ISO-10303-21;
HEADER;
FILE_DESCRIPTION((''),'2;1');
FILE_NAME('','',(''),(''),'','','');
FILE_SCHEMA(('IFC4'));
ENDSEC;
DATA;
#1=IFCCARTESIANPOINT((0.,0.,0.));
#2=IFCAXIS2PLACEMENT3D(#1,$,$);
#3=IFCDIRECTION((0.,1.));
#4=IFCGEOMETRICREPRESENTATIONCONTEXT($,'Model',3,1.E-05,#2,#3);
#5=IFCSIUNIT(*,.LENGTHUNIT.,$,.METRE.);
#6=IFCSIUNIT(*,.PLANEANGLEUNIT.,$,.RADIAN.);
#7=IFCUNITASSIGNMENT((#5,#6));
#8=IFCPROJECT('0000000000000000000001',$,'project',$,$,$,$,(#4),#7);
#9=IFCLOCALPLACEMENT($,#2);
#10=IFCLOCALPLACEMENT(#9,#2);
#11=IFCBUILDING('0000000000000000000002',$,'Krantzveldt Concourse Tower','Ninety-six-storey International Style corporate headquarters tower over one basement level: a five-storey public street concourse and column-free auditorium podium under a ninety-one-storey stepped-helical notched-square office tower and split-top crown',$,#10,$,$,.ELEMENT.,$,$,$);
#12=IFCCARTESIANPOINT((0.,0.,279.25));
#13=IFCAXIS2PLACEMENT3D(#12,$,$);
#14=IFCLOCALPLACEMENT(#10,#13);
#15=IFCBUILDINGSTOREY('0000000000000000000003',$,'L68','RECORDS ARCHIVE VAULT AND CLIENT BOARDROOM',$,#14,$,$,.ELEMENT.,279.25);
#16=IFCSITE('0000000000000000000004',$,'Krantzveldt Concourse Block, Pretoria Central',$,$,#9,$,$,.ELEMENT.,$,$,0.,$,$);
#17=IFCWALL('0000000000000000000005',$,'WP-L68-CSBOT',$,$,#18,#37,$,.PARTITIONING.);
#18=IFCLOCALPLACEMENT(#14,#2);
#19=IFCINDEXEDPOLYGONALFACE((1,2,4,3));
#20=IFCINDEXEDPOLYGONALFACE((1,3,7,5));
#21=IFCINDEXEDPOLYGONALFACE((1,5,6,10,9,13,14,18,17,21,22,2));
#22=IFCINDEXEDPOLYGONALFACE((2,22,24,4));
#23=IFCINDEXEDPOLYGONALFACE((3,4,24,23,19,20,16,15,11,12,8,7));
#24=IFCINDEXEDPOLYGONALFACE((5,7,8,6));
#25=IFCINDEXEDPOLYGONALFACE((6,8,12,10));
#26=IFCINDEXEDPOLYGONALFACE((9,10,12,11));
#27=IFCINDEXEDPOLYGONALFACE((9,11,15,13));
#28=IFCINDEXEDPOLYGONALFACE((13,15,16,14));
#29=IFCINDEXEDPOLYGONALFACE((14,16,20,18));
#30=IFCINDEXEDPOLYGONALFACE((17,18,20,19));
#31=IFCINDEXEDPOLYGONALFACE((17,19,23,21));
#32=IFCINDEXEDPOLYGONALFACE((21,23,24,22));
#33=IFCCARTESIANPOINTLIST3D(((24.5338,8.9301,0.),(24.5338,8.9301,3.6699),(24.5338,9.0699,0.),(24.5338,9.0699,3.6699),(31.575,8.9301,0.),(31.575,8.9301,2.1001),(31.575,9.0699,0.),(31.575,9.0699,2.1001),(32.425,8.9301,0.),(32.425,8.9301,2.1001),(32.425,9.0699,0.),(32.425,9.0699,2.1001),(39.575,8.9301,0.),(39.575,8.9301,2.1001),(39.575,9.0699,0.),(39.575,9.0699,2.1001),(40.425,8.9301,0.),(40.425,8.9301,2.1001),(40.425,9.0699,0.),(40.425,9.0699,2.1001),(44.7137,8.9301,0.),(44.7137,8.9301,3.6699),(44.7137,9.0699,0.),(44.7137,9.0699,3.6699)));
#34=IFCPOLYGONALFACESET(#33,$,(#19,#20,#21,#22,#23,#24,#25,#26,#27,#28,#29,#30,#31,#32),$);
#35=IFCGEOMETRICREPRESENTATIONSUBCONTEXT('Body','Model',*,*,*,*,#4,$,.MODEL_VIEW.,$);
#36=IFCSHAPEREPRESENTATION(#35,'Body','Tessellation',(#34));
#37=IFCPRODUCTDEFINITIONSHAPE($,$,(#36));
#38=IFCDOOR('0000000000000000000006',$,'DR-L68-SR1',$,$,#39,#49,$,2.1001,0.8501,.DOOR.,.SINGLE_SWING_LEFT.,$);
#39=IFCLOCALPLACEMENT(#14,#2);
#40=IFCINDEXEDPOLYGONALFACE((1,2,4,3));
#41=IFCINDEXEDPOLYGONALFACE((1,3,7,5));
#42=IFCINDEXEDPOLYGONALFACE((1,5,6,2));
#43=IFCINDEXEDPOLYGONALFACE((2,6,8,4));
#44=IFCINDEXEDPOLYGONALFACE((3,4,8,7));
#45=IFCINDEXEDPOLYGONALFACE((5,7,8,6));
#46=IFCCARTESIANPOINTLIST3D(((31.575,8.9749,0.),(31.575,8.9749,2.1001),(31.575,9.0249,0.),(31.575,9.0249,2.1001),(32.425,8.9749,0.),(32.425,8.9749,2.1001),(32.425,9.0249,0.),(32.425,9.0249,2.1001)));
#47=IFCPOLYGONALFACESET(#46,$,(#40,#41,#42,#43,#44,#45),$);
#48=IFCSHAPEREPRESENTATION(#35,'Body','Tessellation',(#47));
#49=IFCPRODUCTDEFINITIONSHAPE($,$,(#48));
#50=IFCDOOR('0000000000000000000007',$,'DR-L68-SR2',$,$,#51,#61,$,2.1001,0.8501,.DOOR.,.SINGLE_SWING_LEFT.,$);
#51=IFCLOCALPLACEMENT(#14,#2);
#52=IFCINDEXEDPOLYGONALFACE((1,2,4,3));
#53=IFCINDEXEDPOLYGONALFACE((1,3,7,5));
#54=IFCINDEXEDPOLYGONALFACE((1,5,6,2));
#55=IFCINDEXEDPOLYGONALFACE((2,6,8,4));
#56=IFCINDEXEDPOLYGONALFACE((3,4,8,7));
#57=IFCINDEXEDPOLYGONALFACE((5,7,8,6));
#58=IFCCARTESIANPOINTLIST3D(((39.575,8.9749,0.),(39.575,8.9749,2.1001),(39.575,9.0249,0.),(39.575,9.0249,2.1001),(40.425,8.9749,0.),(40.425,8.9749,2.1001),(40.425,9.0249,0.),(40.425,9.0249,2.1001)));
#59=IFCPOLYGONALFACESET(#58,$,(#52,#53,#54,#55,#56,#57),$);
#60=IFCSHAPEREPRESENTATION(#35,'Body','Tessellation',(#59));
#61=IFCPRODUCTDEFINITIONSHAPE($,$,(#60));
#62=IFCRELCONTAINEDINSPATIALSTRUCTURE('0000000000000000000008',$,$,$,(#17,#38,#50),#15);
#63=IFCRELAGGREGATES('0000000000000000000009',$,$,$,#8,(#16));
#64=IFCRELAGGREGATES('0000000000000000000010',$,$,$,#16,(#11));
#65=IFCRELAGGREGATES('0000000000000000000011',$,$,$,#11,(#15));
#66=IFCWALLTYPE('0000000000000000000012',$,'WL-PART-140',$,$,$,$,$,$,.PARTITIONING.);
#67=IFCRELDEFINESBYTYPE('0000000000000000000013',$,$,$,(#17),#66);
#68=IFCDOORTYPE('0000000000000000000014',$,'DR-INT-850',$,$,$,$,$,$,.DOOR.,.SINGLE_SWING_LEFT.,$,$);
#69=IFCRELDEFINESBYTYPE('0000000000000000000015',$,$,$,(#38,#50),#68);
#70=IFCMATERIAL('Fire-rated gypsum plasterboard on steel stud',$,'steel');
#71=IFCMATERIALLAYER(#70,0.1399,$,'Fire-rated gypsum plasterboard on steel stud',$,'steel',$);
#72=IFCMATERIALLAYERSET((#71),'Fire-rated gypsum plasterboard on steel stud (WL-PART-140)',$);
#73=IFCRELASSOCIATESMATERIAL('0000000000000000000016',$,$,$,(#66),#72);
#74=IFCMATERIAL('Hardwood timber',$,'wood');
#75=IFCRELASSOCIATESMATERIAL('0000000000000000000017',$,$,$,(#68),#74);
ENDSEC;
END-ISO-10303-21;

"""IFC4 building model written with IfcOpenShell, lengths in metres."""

from ifc_helpers import new_model, si_unit, direction, frame, frame_2d, origin, place, context, subcontext, project, spatial, rectangle, extrude, material, layer, layer_set, type_object, element, fill, save


model = new_model("IFC4")

# Units and contexts
model_context = context("Model", 3, precision=1e-05, world=origin(), true_north=direction((0.0, 1.0)))
body_context = subcontext(model_context, "Body", "Model", "MODEL_VIEW")
ifc_project = project(units=[si_unit("LENGTHUNIT", "METRE"), si_unit("PLANEANGLEUNIT", "RADIAN")], contexts=[model_context])

# Site, building, storey
site_placement = place(None, origin())
site = spatial("IfcSite", under=ifc_project, at=site_placement, Name="Krantzveldt Concourse Block, Pretoria Central", CompositionType="ELEMENT", RefElevation=0.0)
building_placement = place(site_placement, origin())
building = spatial("IfcBuilding", under=site, at=building_placement, Name="Krantzveldt Concourse Tower", Description="Ninety-six-storey International Style corporate headquarters tower over one basement level: a five-storey public street concourse and column-free auditorium podium under a ninety-one-storey stepped-helical notched-square office tower and split-top crown", CompositionType="ELEMENT")
storey_placement = place(building_placement, frame((0.0, 0.0, 279.25)))
storey = spatial("IfcBuildingStorey", under=building, at=storey_placement, Name="L68", Description="RECORDS ARCHIVE VAULT AND CLIENT BOARDROOM", CompositionType="ELEMENT", Elevation=279.25)

# Shared definitions
ifc_material_1 = material(Name="Fire-rated gypsum plasterboard on steel stud", Category="steel")

# Wall, openings, doors
ifc_layer_1 = layer(ifc_material_1, 0.1399, Name="Fire-rated gypsum plasterboard on steel stud", Category="steel")
ifc_layer_set_1 = layer_set([ifc_layer_1], Name="Fire-rated gypsum plasterboard on steel stud (WL-PART-140)")
wall_type_1 = type_object("IfcWallType", Name="WL-PART-140", PredefinedType="PARTITIONING", material=ifc_layer_set_1)
wall_1_placement = place(storey_placement, frame((24.5339, 9.0, 0.0), z_axis=(0.0, 0.0, 1.0), x_axis=(1.0, 0.0, 0.0)))
wall_1 = element("IfcWall", 1, at=wall_1_placement, inside=storey, type_object=wall_type_1, Name="WP-L68-CSBOT", PredefinedType="PARTITIONING", context=body_context, shape_type="SweptSolid", body=[
    extrude(rectangle(XDim=20.1799, YDim=0.1399, at=frame_2d((10.0898, 0.0))), origin(), (0.0, 0.0, 1.0), 3.6699),
])
opening_1_placement = place(wall_1_placement, frame((7.041, 0.0, 0.0)))
opening_1 = element("IfcOpeningElement", 2, at=opening_1_placement, cuts=wall_1, PredefinedType="OPENING", context=body_context, shape_type="SweptSolid", body=[
    extrude(rectangle(XDim=0.8501, YDim=2.1001, at=frame_2d((0.425, 1.05))), frame((0.0, 0.0801, 0.0), z_axis=(0.0, -1.0, 0.0), x_axis=(1.0, 0.0, 0.0)), (0.0, 0.0, 1.0), 0.1599),
])
opening_2_placement = place(wall_1_placement, frame((15.041, 0.0, 0.0)))
opening_2 = element("IfcOpeningElement", 3, at=opening_2_placement, cuts=wall_1, PredefinedType="OPENING", context=body_context, shape_type="SweptSolid", body=[
    extrude(rectangle(XDim=0.8501, YDim=2.1001, at=frame_2d((0.425, 1.05))), frame((0.0, 0.0801, 0.0), z_axis=(0.0, -1.0, 0.0), x_axis=(1.0, 0.0, 0.0)), (0.0, 0.0, 1.0), 0.1599),
])
ifc_material_2 = material(Name="Hardwood timber", Category="wood")
door_type = type_object("IfcDoorType", Name="DR-INT-850", OperationType="SINGLE_SWING_LEFT", PredefinedType="DOOR", material=ifc_material_2)
door_1_placement = place(opening_1_placement, origin())
door_1 = element("IfcDoor", 4, at=door_1_placement, inside=storey, type_object=door_type, Name="DR-L68-SR1", OperationType="SINGLE_SWING_LEFT", OverallHeight=2.1001, OverallWidth=0.8501, PredefinedType="DOOR", context=body_context, shape_type="SweptSolid", body=[
    extrude(rectangle(XDim=0.8501, YDim=2.1001, at=frame_2d((0.425, 1.05))), frame((0.0, 0.0249, 0.0), z_axis=(0.0, -1.0, 0.0), x_axis=(1.0, 0.0, 0.0)), (0.0, 0.0, 1.0), 0.05),
])
fill(opening_1, door_1)
door_2_placement = place(opening_2_placement, origin())
door_2 = element("IfcDoor", 5, at=door_2_placement, inside=storey, type_object=door_type, Name="DR-L68-SR2", OperationType="SINGLE_SWING_LEFT", OverallHeight=2.1001, OverallWidth=0.8501, PredefinedType="DOOR", context=body_context, shape_type="SweptSolid", body=[
    extrude(rectangle(XDim=0.8501, YDim=2.1001, at=frame_2d((0.425, 1.05))), frame((0.0, 0.0249, 0.0), z_axis=(0.0, -1.0, 0.0), x_axis=(1.0, 0.0, 0.0)), (0.0, 0.0, 1.0), 0.05),
])
fill(opening_2, door_2)

save(model, "model.ifc")
